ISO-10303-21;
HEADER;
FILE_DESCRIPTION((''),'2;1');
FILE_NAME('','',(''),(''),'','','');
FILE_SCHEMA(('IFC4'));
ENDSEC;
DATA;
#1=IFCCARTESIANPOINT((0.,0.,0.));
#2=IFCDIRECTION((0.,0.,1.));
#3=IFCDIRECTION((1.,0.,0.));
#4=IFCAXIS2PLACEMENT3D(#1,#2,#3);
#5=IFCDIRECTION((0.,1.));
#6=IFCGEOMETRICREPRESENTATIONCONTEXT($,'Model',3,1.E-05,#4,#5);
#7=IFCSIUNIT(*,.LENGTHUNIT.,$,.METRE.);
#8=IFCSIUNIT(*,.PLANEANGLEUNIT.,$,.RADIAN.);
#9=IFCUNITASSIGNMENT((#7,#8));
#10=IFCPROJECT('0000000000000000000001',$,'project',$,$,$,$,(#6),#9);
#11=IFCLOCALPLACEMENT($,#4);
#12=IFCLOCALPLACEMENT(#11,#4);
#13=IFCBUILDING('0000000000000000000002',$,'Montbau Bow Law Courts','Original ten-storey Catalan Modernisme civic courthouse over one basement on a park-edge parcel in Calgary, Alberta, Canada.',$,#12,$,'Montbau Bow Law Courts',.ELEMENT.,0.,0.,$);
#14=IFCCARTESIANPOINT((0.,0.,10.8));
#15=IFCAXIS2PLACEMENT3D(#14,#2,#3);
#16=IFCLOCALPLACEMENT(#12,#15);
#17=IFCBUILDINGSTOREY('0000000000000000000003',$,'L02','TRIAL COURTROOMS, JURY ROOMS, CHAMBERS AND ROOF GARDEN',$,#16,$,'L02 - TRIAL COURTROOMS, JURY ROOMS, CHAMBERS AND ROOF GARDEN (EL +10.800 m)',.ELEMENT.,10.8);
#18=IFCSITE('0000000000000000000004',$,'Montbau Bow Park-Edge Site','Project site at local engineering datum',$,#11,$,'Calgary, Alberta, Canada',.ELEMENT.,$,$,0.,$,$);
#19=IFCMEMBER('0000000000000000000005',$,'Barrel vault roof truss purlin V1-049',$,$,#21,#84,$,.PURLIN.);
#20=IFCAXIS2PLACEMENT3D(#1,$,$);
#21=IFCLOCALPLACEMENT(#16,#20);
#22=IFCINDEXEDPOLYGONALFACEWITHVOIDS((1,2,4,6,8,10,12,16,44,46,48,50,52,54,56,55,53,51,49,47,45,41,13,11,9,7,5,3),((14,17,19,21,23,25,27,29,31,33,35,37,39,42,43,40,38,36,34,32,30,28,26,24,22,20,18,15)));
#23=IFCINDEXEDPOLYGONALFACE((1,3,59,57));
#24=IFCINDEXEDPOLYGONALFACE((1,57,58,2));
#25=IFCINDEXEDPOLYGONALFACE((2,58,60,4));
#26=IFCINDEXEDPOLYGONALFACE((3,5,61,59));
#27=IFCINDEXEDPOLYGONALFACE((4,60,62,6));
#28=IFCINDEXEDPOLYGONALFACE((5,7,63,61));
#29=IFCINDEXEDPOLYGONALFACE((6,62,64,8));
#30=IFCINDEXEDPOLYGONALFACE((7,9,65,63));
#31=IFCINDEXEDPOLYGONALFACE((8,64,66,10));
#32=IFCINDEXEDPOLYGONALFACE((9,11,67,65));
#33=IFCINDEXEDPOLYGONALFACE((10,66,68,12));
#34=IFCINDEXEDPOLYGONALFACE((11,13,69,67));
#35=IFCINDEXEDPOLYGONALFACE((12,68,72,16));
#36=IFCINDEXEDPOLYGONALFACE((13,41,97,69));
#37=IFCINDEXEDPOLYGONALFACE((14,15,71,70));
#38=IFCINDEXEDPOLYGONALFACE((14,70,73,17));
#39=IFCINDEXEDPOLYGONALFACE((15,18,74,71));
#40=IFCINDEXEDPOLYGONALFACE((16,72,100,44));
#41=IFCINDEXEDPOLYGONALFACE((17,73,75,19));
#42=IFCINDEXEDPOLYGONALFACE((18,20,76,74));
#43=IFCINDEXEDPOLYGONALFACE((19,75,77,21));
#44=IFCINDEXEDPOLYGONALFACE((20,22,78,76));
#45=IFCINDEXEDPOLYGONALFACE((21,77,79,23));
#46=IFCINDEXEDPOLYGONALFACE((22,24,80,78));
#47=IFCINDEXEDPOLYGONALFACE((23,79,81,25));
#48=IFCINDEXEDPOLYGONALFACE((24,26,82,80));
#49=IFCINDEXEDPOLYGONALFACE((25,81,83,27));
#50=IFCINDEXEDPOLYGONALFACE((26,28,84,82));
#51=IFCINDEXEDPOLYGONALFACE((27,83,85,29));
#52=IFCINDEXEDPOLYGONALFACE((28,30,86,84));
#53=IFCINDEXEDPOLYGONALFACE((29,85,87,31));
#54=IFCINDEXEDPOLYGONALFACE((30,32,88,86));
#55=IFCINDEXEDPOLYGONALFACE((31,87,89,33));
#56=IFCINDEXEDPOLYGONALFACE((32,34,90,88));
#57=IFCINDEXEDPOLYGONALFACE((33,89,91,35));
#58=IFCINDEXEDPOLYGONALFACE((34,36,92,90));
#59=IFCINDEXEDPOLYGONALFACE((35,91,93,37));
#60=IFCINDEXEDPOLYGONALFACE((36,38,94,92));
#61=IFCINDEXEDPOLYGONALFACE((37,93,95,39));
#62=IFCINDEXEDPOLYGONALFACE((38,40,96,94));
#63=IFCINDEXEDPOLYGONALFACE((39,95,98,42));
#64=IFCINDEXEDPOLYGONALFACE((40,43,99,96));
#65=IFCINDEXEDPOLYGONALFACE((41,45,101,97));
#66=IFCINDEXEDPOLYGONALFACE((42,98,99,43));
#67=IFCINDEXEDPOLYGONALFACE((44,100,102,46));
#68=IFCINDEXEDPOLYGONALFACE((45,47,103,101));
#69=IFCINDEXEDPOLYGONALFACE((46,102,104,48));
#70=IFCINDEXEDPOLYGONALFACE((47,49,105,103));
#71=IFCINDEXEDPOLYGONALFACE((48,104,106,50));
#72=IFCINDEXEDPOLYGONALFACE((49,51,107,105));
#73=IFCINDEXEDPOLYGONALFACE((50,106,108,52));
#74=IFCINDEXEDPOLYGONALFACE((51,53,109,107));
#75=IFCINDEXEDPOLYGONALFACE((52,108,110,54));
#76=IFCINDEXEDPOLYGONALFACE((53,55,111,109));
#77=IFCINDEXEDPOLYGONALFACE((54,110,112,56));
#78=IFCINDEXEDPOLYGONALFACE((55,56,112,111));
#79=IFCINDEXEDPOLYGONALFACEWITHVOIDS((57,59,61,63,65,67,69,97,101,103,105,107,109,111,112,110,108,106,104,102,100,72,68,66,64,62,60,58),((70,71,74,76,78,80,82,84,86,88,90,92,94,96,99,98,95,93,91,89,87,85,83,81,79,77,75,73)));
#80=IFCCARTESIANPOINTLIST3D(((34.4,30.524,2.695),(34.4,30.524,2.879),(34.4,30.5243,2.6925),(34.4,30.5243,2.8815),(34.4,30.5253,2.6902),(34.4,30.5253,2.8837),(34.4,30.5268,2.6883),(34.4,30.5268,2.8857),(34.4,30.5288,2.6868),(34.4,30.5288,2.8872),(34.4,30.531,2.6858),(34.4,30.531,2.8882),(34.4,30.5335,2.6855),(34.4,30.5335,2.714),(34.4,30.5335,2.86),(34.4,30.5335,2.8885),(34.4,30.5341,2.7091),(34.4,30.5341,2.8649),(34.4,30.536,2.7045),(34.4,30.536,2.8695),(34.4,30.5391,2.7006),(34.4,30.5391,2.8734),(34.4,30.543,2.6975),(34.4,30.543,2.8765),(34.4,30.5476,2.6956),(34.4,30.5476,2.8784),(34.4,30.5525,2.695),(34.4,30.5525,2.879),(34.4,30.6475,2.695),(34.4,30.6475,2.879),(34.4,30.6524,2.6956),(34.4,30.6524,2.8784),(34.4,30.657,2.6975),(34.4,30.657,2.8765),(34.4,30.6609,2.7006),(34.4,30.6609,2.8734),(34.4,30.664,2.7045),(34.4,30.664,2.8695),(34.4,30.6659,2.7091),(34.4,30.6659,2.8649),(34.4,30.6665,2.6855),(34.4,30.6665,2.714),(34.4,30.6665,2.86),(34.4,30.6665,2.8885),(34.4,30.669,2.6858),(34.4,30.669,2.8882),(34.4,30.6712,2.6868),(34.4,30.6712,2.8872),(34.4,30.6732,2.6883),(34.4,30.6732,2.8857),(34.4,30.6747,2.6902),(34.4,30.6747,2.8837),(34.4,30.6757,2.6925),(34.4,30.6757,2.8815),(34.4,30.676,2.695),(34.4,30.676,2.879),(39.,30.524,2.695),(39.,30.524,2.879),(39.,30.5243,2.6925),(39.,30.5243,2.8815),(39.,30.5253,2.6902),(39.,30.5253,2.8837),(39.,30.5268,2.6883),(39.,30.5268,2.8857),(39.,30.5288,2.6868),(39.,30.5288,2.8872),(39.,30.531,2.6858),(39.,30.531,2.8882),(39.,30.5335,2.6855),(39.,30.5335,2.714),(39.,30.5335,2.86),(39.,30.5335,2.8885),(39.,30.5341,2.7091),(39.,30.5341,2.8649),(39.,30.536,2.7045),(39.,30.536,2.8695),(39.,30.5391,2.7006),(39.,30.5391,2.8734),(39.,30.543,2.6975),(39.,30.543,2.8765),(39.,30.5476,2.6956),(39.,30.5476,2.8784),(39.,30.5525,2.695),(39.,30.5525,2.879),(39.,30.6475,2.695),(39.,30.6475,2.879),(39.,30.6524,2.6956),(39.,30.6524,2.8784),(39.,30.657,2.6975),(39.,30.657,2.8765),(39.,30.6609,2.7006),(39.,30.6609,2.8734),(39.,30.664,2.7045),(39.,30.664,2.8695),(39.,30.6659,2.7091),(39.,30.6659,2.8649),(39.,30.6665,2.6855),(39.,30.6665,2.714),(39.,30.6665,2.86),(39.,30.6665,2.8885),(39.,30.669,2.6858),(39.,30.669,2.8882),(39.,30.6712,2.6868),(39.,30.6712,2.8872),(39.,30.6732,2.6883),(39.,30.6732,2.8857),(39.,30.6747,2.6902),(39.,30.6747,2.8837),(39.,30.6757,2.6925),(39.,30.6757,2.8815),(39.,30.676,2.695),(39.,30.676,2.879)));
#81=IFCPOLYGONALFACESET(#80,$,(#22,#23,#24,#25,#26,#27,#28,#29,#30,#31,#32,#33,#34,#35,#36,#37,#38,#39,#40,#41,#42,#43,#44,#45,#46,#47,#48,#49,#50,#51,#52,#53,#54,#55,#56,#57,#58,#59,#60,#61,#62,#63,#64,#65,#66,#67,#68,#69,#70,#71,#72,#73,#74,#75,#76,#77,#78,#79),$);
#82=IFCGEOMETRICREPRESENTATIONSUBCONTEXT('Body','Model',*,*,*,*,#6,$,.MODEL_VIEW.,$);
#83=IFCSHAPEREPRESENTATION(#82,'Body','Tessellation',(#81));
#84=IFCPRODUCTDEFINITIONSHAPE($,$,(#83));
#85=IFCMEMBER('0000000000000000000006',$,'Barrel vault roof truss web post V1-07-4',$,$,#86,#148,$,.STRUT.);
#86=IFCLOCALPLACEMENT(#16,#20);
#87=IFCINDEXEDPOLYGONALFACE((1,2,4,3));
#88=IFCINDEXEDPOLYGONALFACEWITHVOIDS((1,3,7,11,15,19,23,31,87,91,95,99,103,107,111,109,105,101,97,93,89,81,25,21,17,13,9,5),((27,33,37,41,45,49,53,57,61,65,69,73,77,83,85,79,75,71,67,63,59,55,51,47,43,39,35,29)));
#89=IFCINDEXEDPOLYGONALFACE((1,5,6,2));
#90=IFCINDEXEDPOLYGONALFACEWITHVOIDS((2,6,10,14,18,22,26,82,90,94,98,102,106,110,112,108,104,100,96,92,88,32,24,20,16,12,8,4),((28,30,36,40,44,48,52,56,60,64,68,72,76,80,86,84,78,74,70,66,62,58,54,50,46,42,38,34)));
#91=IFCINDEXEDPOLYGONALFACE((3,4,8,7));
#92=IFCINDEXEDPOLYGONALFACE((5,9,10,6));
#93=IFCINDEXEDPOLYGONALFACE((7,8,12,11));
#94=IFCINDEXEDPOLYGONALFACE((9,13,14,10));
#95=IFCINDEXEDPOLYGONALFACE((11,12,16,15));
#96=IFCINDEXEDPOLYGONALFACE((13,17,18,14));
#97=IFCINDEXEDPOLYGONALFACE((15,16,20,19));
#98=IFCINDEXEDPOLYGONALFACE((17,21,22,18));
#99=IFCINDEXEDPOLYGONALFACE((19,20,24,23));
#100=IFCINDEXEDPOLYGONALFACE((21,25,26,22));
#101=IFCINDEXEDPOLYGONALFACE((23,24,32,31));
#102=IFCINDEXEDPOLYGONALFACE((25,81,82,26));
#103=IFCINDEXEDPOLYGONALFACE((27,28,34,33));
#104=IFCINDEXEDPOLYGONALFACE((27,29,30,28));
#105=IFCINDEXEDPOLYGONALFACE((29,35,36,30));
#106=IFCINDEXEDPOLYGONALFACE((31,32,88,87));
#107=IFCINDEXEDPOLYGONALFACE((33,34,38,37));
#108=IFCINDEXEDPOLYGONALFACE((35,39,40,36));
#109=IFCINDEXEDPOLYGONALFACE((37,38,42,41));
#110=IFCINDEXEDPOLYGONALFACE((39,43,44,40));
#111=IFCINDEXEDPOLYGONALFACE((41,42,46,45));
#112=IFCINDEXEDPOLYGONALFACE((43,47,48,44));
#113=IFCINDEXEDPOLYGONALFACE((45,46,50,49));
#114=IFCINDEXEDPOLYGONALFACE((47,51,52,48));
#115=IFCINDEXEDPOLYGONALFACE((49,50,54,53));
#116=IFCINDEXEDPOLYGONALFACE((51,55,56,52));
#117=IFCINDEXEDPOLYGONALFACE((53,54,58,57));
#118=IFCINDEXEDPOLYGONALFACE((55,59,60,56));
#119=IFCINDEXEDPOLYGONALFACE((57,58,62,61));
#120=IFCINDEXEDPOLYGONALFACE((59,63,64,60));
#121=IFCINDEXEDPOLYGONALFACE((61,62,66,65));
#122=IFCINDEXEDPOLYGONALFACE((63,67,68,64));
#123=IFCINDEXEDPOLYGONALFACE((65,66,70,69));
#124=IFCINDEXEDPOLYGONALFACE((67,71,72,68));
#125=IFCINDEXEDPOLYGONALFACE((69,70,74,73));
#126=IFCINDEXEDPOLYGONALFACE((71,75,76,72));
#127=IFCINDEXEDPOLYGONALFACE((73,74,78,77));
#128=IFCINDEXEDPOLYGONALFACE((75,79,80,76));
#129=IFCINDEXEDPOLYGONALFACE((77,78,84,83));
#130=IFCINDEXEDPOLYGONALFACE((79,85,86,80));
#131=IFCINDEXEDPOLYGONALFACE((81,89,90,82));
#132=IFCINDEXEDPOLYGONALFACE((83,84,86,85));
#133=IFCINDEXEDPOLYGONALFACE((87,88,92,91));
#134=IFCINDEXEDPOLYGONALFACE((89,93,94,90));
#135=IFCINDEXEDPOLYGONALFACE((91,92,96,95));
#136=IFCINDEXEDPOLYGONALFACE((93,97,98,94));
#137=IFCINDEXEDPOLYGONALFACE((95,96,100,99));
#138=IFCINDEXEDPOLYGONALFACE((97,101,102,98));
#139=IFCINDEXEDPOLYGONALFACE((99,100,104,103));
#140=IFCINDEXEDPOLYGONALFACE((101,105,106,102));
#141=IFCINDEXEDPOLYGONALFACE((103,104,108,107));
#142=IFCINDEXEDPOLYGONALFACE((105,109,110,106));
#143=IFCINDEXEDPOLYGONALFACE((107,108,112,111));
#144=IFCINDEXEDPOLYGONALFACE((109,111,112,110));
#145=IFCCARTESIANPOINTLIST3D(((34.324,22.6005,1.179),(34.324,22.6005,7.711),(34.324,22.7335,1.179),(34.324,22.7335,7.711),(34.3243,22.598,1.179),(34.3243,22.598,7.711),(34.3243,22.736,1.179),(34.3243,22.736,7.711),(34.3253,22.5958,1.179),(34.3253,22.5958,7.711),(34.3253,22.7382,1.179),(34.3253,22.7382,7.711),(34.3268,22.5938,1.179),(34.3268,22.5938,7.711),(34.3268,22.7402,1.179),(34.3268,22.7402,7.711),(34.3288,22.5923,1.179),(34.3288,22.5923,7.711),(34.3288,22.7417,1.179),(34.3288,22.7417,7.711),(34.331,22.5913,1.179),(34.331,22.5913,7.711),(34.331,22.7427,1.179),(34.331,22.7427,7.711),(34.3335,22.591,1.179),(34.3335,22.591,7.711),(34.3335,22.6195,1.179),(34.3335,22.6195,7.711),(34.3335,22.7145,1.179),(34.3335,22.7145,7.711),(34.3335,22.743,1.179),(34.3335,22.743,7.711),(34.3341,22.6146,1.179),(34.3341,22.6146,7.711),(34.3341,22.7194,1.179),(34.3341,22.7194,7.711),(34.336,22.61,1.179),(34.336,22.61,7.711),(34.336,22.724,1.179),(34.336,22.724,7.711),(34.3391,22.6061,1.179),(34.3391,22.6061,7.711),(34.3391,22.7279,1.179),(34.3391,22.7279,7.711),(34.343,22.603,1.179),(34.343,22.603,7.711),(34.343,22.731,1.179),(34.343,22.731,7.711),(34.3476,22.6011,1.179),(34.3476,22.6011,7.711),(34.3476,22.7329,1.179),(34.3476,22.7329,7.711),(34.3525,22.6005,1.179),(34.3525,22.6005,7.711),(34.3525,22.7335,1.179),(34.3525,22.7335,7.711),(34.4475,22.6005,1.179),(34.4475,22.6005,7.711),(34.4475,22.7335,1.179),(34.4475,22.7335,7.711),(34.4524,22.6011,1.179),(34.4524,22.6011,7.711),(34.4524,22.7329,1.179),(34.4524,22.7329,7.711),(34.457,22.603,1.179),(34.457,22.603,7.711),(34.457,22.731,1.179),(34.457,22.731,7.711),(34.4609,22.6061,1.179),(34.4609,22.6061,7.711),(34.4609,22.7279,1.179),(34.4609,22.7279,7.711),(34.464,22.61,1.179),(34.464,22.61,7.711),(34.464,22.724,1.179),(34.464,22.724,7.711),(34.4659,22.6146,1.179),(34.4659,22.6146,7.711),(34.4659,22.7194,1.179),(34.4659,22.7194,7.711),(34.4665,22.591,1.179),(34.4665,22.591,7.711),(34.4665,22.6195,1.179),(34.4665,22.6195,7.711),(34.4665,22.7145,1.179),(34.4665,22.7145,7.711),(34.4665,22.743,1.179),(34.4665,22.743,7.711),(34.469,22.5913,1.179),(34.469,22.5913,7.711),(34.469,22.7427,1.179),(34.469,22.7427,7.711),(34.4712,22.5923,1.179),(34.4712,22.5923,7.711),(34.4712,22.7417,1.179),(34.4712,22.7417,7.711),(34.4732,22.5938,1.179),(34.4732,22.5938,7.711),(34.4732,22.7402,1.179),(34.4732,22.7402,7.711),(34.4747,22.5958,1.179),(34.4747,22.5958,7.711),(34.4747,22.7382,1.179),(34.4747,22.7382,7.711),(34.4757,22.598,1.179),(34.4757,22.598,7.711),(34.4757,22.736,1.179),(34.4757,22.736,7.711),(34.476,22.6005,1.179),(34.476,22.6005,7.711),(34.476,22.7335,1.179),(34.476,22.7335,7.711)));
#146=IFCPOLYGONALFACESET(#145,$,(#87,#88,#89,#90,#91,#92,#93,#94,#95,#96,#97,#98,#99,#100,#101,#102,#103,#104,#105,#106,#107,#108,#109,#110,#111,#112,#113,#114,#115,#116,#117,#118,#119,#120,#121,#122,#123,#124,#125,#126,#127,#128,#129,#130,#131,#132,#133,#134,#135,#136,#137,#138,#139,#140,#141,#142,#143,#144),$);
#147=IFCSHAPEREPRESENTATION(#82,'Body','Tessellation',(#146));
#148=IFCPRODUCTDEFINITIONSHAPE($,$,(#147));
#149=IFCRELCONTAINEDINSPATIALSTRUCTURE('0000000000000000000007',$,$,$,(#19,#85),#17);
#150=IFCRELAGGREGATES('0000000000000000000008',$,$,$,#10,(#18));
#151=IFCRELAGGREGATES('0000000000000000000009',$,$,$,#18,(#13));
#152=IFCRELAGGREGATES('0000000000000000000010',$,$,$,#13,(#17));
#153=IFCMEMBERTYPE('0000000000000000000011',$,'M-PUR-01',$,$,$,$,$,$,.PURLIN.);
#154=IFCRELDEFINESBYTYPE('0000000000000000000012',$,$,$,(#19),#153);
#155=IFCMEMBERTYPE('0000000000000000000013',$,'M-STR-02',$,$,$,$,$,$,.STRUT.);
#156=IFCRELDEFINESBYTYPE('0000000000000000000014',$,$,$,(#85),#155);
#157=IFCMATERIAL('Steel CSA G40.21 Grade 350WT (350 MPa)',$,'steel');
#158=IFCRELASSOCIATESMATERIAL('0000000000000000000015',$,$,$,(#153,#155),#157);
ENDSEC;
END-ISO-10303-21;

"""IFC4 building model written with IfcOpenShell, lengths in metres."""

from ifc_helpers import new_model, si_unit, direction, frame, origin_with_axes, origin_2d_with_axis, place, context, subcontext, project, spatial, hollow_rectangle, extrude, material, material_profile, profile_set, type_object, element, save


model = new_model("IFC4")

# Units and contexts
model_context = context("Model", 3, precision=1e-05, world=origin_with_axes(), true_north=direction((0.0, 1.0)))
body_context = subcontext(model_context, "Body", "Model", "MODEL_VIEW")
ifc_project = project(units=[si_unit("LENGTHUNIT", "METRE"), si_unit("PLANEANGLEUNIT", "RADIAN")], contexts=[model_context])

# Site, building, storey
site_placement = place(None, origin_with_axes())
site = spatial("IfcSite", under=ifc_project, at=site_placement, Name="Montbau Bow Park-Edge Site", Description="Project site at local engineering datum", LongName="Calgary, Alberta, Canada", CompositionType="ELEMENT", RefElevation=0.0)
building_placement = place(site_placement, origin_with_axes())
building = spatial("IfcBuilding", under=site, at=building_placement, Name="Montbau Bow Law Courts", Description="Original ten-storey Catalan Modernisme civic courthouse over one basement on a park-edge parcel in Calgary, Alberta, Canada.", LongName="Montbau Bow Law Courts", CompositionType="ELEMENT", ElevationOfRefHeight=0.0, ElevationOfTerrain=0.0)
storey_placement = place(building_placement, frame((0.0, 0.0, 10.8), z_axis=(0.0, 0.0, 1.0), x_axis=(1.0, 0.0, 0.0)))
storey = spatial("IfcBuildingStorey", under=building, at=storey_placement, Name="L02", Description="TRIAL COURTROOMS, JURY ROOMS, CHAMBERS AND ROOF GARDEN", LongName="L02 - TRIAL COURTROOMS, JURY ROOMS, CHAMBERS AND ROOF GARDEN (EL +10.800 m)", CompositionType="ELEMENT", Elevation=10.8)

# Shared definitions
ifc_material_1 = material(Name="Steel CSA G40.21 Grade 350WT (350 MPa)", Category="steel")

# Members
ifc_material_profile_1 = material_profile(ifc_material_1, hollow_rectangle(XDim=0.152, YDim=0.203, WallThickness=0.0095, InnerFilletRadius=0.019, OuterFilletRadius=0.0095, at=origin_2d_with_axis()), Name="HSS203X152X9.5", Category="Main", Priority=0)
ifc_profile_set_1 = profile_set([ifc_material_profile_1], Name="Steel CSA G40.21 Grade 350WT (350 MPa)")
member_type_1 = type_object("IfcMemberType", Name="M-PUR-01", PredefinedType="PURLIN", material=ifc_profile_set_1)
member_1_placement = place(None, frame((34.4, 30.6, 13.587), z_axis=(1.0, 0.0, 0.0), x_axis=(0.0, 1.0, 0.0)))
element("IfcMember", 1, at=member_1_placement, inside=storey, type_object=member_type_1, Name="Barrel vault roof truss purlin V1-049", PredefinedType="PURLIN", context=body_context, shape_type="SweptSolid", body=[
    extrude(hollow_rectangle(XDim=0.152, YDim=0.203, WallThickness=0.0095, InnerFilletRadius=0.019, OuterFilletRadius=0.0095, at=origin_2d_with_axis()), origin_with_axes(), (0.0, 0.0, 1.0), 4.6),
])
ifc_material_profile_2 = material_profile(ifc_material_1, hollow_rectangle(XDim=0.152, YDim=0.152, WallThickness=0.0095, InnerFilletRadius=0.019, OuterFilletRadius=0.0095, at=origin_2d_with_axis()), Name="HSS152X152X9.5", Category="Main", Priority=0)
ifc_profile_set_2 = profile_set([ifc_material_profile_2], Name="Steel CSA G40.21 Grade 350WT (350 MPa)")
member_type_2 = type_object("IfcMemberType", Name="M-STR-02", PredefinedType="STRUT", material=ifc_profile_set_2)
member_2_placement = place(None, frame((34.4, 22.667, 11.979), z_axis=(0.0, 0.0, 1.0), x_axis=(1.0, 0.0, 0.0)))
element("IfcMember", 2, at=member_2_placement, inside=storey, type_object=member_type_2, Name="Barrel vault roof truss web post V1-07-4", PredefinedType="STRUT", context=body_context, shape_type="SweptSolid", body=[
    extrude(hollow_rectangle(XDim=0.152, YDim=0.152, WallThickness=0.0095, InnerFilletRadius=0.019, OuterFilletRadius=0.0095, at=origin_2d_with_axis()), origin_with_axes(), (0.0, 0.0, 1.0), 6.532),
])

save(model, "model.ifc")
